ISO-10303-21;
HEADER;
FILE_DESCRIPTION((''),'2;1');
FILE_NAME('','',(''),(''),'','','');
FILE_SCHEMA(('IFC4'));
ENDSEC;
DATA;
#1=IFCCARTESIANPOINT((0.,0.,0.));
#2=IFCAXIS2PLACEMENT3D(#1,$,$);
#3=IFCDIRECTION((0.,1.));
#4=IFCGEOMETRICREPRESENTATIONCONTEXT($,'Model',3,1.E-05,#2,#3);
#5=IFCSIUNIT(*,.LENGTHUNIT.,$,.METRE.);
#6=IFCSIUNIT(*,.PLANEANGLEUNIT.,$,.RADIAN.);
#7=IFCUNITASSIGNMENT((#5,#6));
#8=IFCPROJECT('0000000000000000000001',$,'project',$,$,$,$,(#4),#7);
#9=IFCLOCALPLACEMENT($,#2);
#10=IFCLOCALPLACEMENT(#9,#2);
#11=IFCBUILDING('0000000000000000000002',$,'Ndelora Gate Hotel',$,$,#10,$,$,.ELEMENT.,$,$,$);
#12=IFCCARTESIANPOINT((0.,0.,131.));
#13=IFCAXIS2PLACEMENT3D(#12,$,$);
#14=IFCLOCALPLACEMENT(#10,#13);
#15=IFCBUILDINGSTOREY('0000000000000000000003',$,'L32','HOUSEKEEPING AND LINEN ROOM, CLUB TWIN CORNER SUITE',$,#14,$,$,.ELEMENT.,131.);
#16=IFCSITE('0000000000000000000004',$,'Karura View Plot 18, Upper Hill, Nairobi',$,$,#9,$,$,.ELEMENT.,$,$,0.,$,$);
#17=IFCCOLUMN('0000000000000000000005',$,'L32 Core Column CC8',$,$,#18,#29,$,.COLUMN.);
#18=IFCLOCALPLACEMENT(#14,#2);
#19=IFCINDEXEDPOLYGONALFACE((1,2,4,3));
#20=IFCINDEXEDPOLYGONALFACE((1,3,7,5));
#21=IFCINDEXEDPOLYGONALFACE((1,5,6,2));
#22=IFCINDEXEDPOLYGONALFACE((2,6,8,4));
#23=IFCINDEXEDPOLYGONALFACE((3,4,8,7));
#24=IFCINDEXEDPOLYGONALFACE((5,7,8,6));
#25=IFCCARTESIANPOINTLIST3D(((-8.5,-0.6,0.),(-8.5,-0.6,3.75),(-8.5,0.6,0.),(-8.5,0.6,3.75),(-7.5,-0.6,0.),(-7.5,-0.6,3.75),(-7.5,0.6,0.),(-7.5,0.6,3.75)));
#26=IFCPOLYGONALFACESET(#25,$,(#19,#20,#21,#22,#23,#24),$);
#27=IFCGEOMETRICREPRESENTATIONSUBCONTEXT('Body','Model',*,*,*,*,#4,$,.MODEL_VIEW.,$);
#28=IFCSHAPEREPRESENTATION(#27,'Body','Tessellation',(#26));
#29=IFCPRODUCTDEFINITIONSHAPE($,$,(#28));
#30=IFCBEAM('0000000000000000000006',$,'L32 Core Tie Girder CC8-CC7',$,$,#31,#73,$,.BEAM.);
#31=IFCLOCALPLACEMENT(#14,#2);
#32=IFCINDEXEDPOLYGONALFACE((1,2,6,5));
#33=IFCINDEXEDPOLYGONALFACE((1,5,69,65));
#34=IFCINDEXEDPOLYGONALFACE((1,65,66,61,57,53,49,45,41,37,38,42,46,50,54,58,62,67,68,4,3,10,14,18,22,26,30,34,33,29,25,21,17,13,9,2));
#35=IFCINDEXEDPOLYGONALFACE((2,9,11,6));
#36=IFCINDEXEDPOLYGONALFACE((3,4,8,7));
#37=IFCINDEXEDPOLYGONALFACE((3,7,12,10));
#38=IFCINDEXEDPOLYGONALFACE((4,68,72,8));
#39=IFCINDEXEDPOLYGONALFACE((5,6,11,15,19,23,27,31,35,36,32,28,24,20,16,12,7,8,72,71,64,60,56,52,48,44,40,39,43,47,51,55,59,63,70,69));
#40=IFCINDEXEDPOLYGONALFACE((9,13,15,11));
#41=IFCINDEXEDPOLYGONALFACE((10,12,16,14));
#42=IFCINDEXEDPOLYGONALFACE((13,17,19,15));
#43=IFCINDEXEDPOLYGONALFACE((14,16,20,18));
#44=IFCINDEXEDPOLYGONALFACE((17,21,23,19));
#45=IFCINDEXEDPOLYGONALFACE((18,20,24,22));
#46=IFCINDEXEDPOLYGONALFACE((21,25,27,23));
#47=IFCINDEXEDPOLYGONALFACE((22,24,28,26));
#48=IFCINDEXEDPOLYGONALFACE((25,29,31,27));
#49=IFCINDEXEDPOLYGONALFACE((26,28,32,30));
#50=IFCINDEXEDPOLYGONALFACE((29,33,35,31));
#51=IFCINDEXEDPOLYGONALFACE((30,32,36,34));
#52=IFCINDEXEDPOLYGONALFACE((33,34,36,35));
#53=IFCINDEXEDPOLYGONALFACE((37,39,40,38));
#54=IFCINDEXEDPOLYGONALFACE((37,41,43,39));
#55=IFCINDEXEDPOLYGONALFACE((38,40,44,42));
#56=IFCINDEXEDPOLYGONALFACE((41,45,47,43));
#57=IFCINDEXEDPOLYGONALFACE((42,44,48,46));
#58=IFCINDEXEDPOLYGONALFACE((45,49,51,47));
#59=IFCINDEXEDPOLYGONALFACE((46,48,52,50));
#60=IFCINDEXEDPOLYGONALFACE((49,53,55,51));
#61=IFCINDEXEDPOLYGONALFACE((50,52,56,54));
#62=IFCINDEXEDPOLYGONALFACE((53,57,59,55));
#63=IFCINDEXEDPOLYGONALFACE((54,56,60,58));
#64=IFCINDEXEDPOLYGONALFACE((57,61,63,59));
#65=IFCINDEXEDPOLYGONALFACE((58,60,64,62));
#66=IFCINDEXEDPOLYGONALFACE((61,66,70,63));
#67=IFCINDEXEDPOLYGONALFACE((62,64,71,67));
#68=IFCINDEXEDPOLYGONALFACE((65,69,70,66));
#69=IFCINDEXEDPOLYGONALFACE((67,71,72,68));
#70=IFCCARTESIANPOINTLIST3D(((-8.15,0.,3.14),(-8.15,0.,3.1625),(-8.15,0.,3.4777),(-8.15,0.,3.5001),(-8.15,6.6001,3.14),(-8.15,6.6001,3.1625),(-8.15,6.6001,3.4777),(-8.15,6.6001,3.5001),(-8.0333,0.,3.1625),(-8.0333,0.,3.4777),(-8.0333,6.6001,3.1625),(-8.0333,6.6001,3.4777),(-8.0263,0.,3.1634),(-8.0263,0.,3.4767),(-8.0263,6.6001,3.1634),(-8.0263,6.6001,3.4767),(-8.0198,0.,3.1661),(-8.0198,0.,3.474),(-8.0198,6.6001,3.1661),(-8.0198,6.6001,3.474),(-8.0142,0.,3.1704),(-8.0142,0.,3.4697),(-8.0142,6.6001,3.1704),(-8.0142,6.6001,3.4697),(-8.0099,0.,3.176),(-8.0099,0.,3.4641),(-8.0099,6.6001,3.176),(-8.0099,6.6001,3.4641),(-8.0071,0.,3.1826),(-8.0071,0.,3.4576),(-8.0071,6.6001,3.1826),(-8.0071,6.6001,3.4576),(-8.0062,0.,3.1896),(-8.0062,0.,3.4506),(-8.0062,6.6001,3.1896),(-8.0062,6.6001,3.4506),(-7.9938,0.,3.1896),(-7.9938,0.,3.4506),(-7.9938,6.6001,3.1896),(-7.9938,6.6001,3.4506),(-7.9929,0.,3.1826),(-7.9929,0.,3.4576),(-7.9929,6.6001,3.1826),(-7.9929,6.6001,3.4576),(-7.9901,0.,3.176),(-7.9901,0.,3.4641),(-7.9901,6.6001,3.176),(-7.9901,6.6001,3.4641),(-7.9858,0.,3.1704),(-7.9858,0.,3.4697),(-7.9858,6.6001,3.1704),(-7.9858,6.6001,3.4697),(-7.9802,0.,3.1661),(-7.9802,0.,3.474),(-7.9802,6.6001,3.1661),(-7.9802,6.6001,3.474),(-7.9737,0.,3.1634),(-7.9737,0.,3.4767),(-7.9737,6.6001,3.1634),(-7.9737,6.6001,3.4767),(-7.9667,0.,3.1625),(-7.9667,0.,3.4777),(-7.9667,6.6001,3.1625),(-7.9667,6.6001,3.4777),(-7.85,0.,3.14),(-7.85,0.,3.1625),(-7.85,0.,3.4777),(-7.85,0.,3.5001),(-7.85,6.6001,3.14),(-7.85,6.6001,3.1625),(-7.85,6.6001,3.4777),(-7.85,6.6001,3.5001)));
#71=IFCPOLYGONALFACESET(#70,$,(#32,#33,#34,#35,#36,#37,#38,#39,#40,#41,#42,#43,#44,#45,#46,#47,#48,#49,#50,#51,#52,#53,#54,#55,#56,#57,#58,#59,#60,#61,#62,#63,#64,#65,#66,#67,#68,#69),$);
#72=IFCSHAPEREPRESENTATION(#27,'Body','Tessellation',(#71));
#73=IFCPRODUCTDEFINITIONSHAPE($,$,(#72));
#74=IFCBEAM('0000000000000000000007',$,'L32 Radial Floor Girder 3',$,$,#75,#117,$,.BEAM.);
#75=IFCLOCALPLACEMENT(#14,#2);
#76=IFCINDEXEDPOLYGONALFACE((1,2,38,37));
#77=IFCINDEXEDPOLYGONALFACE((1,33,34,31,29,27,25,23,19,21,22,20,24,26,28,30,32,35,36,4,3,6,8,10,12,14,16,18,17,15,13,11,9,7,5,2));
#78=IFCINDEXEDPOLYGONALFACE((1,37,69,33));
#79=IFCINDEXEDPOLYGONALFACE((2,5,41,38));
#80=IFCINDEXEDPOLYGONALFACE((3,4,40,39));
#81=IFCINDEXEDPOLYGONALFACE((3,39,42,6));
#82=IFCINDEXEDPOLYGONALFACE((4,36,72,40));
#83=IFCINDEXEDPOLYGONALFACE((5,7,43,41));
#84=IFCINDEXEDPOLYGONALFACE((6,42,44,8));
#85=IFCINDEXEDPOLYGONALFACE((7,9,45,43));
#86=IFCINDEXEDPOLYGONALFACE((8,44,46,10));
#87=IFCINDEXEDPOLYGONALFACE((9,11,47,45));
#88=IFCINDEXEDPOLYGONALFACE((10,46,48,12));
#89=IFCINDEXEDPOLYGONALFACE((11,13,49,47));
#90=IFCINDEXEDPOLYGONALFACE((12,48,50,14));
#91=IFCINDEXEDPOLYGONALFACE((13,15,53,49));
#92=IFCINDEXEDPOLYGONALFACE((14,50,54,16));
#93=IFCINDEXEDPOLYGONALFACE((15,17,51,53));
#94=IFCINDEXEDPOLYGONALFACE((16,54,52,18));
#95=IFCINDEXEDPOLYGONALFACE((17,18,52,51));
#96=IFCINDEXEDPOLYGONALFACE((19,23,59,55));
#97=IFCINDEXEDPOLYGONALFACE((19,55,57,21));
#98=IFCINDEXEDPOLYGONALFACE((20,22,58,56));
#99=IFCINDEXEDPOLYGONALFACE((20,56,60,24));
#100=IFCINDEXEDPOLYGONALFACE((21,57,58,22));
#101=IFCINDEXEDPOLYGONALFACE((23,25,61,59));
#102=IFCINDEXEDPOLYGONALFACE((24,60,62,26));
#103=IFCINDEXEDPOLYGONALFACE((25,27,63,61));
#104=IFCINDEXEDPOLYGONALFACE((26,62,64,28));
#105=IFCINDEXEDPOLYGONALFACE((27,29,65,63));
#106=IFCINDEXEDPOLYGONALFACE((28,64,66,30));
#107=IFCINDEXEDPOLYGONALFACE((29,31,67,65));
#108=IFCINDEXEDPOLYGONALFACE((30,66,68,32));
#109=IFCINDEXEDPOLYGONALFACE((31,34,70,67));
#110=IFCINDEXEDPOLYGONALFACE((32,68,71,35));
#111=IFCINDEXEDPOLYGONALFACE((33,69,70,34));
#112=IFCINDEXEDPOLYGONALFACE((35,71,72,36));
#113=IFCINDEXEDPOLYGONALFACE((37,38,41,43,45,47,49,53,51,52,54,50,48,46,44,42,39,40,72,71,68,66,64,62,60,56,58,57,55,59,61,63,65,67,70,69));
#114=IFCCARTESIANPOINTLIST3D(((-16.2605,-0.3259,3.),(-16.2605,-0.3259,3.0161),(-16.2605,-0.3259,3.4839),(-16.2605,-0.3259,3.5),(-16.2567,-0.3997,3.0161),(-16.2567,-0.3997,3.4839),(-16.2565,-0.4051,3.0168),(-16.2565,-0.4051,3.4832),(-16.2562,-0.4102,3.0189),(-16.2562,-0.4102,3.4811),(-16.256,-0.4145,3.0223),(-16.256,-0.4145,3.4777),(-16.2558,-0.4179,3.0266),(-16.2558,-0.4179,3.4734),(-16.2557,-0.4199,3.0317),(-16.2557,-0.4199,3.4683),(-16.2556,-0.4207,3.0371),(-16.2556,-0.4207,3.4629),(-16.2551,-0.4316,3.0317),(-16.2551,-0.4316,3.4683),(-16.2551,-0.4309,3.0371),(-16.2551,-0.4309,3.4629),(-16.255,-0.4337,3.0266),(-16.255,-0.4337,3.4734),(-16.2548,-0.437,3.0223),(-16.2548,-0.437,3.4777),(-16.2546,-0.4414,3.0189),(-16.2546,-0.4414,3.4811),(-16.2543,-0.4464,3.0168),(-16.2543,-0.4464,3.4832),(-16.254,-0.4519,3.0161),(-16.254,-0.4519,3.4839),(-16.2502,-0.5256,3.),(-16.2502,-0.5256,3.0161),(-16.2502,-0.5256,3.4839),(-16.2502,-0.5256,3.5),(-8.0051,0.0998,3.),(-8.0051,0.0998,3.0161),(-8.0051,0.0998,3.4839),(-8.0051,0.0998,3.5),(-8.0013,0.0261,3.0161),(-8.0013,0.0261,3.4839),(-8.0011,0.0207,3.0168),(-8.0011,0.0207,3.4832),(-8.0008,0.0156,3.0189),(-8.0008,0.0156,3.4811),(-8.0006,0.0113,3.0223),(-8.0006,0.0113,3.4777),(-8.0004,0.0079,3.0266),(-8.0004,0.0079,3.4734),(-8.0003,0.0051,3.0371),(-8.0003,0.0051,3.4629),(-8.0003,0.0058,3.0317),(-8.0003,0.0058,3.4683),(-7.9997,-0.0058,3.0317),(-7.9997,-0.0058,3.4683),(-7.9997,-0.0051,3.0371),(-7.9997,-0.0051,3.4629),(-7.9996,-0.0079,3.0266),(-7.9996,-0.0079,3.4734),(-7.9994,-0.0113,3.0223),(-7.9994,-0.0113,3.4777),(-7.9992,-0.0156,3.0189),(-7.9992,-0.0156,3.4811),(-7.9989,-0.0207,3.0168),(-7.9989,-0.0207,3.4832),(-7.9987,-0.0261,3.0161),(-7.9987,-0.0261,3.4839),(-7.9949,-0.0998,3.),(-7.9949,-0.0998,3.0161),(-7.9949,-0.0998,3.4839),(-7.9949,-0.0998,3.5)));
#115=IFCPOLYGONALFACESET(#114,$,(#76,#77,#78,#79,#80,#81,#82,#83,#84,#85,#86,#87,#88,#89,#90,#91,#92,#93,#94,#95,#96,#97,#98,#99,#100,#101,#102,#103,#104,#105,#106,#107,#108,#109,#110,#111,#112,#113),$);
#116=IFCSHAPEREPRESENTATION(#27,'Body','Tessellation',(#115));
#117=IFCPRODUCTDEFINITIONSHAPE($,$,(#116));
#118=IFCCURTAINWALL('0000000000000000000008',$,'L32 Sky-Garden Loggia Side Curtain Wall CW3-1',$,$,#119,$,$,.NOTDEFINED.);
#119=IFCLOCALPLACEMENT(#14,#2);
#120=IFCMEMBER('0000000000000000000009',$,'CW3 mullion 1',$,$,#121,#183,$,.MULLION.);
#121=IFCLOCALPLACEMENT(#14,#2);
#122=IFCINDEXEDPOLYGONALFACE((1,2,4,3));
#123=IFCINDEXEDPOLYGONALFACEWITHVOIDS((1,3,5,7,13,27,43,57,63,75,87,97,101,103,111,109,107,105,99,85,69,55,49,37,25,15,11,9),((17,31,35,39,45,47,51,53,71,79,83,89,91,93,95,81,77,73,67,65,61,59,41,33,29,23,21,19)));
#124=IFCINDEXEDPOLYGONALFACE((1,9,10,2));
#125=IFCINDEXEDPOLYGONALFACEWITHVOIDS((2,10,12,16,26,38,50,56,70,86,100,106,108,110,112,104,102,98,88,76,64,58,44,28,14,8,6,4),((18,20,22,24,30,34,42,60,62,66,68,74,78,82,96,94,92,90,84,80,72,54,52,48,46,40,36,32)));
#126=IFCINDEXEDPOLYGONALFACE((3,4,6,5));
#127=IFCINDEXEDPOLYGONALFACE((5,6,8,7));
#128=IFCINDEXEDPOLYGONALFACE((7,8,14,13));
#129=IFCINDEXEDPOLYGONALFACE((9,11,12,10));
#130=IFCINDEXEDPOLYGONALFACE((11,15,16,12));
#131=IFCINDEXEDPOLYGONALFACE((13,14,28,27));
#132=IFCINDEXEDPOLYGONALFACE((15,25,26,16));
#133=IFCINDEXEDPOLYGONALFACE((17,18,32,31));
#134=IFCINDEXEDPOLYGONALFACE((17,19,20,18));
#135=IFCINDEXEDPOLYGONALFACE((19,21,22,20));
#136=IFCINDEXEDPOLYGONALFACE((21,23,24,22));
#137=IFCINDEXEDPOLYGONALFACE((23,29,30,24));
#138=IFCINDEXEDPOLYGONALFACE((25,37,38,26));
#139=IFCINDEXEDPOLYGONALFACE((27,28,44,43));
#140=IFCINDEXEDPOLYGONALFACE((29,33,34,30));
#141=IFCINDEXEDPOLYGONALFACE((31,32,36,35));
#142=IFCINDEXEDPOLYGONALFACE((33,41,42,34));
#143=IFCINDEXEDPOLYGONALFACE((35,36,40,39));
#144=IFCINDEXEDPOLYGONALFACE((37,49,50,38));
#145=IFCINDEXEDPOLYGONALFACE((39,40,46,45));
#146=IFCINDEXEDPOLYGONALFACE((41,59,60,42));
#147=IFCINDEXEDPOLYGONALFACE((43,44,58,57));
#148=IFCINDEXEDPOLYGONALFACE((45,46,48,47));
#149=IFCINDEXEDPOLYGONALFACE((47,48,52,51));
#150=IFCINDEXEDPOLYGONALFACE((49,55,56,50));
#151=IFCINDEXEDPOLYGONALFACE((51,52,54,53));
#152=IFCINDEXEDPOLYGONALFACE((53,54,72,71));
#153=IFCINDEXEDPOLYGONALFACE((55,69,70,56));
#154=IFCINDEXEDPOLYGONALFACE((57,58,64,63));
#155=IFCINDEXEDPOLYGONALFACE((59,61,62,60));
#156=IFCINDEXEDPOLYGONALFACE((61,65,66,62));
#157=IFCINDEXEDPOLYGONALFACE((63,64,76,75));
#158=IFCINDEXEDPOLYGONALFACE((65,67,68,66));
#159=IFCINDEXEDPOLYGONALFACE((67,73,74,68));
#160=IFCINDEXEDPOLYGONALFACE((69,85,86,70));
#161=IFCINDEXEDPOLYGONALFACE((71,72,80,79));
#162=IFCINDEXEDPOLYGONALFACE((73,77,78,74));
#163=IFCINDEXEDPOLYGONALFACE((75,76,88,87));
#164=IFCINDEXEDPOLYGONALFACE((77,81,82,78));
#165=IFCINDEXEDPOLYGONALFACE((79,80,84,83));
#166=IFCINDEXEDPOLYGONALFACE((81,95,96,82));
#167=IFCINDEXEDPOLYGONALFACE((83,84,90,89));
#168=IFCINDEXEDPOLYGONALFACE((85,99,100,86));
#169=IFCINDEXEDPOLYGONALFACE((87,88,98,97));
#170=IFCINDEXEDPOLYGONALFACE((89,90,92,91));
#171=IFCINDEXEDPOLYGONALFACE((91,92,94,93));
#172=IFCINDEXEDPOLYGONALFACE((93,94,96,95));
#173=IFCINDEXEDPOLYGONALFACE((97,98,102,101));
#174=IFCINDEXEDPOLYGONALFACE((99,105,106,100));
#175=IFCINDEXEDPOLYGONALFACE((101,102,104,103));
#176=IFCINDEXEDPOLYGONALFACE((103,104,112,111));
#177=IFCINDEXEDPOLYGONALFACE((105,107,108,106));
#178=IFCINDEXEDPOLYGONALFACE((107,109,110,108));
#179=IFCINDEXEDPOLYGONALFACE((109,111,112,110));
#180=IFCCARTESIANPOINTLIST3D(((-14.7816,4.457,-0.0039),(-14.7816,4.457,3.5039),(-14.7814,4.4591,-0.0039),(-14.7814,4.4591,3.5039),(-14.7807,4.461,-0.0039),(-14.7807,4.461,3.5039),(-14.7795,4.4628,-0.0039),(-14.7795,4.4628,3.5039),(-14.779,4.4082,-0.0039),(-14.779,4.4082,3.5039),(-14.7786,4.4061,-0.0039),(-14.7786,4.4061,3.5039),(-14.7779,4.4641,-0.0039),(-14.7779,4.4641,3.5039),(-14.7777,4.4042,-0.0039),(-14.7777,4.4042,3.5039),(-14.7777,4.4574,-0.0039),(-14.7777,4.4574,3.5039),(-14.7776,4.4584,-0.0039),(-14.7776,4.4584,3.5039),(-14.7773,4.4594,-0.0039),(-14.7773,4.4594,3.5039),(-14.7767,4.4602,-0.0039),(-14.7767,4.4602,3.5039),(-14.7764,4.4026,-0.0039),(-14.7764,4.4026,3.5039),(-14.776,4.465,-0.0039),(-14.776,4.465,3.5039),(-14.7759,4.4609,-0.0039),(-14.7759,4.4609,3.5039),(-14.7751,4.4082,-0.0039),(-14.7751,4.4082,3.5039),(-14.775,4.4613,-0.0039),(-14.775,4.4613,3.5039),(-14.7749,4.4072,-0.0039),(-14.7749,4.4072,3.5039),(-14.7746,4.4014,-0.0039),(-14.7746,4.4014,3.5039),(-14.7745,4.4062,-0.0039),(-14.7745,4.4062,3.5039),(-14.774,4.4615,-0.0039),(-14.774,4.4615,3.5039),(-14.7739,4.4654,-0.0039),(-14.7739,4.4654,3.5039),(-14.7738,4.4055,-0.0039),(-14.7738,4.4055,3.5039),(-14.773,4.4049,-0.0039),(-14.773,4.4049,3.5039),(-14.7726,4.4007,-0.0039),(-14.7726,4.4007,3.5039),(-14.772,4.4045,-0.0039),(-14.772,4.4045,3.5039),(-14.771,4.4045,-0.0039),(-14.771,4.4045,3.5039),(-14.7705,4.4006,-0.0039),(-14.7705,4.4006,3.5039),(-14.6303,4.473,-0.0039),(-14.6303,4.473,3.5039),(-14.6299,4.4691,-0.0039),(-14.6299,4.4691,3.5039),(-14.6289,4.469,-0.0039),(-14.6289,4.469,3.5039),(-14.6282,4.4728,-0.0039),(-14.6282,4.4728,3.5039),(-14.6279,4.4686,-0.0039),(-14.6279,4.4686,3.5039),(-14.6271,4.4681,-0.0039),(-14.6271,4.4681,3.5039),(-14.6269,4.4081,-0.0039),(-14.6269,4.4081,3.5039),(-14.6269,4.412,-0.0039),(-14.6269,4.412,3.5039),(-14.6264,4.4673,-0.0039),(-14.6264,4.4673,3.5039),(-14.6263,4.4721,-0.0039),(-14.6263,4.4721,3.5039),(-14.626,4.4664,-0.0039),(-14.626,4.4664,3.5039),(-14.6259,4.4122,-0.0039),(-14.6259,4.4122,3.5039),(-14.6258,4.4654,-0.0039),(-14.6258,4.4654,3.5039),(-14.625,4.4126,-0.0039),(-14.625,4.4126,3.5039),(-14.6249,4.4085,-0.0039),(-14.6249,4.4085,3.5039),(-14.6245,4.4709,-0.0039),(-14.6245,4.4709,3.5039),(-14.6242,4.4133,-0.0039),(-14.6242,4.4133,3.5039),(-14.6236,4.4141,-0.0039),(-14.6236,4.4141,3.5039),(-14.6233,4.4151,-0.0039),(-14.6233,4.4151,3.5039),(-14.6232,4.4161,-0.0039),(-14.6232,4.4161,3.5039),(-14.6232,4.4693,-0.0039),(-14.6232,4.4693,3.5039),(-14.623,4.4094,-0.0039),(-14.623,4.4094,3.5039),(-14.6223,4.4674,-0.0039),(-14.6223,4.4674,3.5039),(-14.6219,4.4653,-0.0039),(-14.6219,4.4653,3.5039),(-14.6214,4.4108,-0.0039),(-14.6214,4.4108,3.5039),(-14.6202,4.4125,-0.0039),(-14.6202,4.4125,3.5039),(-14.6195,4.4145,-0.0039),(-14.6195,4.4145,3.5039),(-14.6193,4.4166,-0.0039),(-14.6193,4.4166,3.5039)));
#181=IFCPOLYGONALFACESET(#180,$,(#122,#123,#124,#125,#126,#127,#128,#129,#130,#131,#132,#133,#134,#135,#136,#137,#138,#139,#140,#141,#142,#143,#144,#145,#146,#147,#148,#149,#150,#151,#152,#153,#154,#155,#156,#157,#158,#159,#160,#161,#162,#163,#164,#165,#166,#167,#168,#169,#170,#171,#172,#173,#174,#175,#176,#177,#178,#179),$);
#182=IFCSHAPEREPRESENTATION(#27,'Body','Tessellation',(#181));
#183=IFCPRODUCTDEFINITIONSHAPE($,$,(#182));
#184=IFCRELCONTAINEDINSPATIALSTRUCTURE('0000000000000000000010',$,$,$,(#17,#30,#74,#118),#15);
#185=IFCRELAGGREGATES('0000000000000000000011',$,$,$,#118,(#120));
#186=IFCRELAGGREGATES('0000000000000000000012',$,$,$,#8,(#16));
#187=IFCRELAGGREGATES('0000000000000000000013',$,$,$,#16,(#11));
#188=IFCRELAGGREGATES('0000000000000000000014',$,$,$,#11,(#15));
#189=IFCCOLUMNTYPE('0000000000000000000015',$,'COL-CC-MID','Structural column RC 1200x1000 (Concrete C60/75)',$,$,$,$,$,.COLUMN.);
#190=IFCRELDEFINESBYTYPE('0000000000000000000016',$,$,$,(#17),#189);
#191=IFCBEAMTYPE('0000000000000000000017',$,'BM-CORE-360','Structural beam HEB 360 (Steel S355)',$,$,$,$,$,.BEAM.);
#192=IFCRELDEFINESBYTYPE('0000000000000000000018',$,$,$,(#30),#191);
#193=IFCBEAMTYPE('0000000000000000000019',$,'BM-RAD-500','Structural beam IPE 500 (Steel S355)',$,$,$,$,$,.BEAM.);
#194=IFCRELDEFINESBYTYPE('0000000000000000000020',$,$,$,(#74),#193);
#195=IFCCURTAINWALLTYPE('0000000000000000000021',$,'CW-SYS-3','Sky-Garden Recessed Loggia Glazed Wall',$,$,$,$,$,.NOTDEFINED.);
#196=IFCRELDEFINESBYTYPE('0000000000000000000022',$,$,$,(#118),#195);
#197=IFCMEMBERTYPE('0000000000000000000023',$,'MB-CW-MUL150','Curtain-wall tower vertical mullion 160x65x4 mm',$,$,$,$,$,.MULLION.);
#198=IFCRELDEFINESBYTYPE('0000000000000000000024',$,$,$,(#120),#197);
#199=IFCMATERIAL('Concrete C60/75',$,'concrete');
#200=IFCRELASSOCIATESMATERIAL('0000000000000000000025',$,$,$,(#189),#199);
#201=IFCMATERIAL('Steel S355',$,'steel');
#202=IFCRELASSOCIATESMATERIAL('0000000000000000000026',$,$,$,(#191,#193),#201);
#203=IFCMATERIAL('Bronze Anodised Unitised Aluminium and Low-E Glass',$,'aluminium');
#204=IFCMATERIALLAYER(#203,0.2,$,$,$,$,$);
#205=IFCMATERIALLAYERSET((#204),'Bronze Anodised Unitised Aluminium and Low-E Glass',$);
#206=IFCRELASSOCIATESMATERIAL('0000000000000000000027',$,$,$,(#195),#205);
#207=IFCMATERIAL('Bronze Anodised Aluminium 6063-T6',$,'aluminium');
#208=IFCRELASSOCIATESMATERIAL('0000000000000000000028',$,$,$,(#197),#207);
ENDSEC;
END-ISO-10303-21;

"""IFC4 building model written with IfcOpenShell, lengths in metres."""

from ifc_helpers import new_model, si_unit, direction, frame, origin, origin_2d, place, context, subcontext, project, spatial, rectangle, hollow_rectangle, i_section, extrude, material, layer, layer_set, material_profile, profile_set, type_object, element, aggregate, save


model = new_model("IFC4")

# Units and contexts
model_context = context("Model", 3, precision=1e-05, world=origin(), true_north=direction((0.0, 1.0)))
body_context = subcontext(model_context, "Body", "Model", "MODEL_VIEW")
ifc_project = project(units=[si_unit("LENGTHUNIT", "METRE"), si_unit("PLANEANGLEUNIT", "RADIAN")], contexts=[model_context])

# Site, building, storey
site_placement = place(None, origin())
site = spatial("IfcSite", under=ifc_project, at=site_placement, Name="Karura View Plot 18, Upper Hill, Nairobi", CompositionType="ELEMENT", RefElevation=0.0)
building_placement = place(site_placement, origin())
building = spatial("IfcBuilding", under=site, at=building_placement, Name="Ndelora Gate Hotel", CompositionType="ELEMENT")
storey_placement = place(building_placement, frame((0.0, 0.0, 131.0)))
storey = spatial("IfcBuildingStorey", under=building, at=storey_placement, Name="L32", Description="HOUSEKEEPING AND LINEN ROOM, CLUB TWIN CORNER SUITE", CompositionType="ELEMENT", Elevation=131.0)

# Column
ifc_material_1 = material(Name="Concrete C60/75", Category="concrete")
ifc_material_profile_1 = material_profile(ifc_material_1, rectangle(XDim=1.0, YDim=1.2, at=origin_2d()), Name="RC 1200x1000")
ifc_profile_set_1 = profile_set([ifc_material_profile_1], Name="Concrete C60/75")
column_type = type_object("IfcColumnType", Name="COL-CC-MID", Description="Structural column RC 1200x1000 (Concrete C60/75)", PredefinedType="COLUMN", material=ifc_profile_set_1)
column_placement = place(storey_placement, frame((-8.0, 0.0, 0.0), z_axis=(0.0, 0.0, 1.0), x_axis=(1.0, 0.0, 0.0)))
element("IfcColumn", 1, at=column_placement, inside=storey, type_object=column_type, Name="L32 Core Column CC8", PredefinedType="COLUMN", context=body_context, shape_type="SweptSolid", body=[
    extrude(rectangle(XDim=1.0, YDim=1.2, at=origin_2d()), origin(), (0.0, 0.0, 1.0), 3.75),
])

# Beams
ifc_material_2 = material(Name="Steel S355", Category="steel")
ifc_material_profile_2 = material_profile(ifc_material_2, i_section(OverallWidth=0.3, OverallDepth=0.3601, WebThickness=0.0125, FlangeThickness=0.0225, FilletRadius=0.0271, at=origin_2d()), Name="HEB 360")
ifc_profile_set_2 = profile_set([ifc_material_profile_2], Name="Steel S355")
beam_type_1 = type_object("IfcBeamType", Name="BM-CORE-360", Description="Structural beam HEB 360 (Steel S355)", PredefinedType="BEAM", material=ifc_profile_set_2)
beam_1_placement = place(storey_placement, frame((-8.0, 0.0, 3.3201), z_axis=(0.0, 1.0, 0.0), x_axis=(-1.0, 0.0, 0.0)))
element("IfcBeam", 2, at=beam_1_placement, inside=storey, type_object=beam_type_1, Name="L32 Core Tie Girder CC8-CC7", PredefinedType="BEAM", context=body_context, shape_type="SweptSolid", body=[
    extrude(i_section(OverallWidth=0.3, OverallDepth=0.3601, WebThickness=0.0125, FlangeThickness=0.0225, FilletRadius=0.0271, at=origin_2d()), origin(), (0.0, 0.0, 1.0), 6.6001),
])
ifc_material_profile_3 = material_profile(ifc_material_2, i_section(OverallWidth=0.2, OverallDepth=0.5, WebThickness=0.0103, FlangeThickness=0.0161, FilletRadius=0.021, at=origin_2d()), Name="IPE 500")
ifc_profile_set_3 = profile_set([ifc_material_profile_3], Name="Steel S355")
beam_type_2 = type_object("IfcBeamType", Name="BM-RAD-500", Description="Structural beam IPE 500 (Steel S355)", PredefinedType="BEAM", material=ifc_profile_set_3)
beam_2_placement = place(storey_placement, frame((-8.0, 0.0, 3.25), z_axis=(-0.998673, -0.051508, 0.0), x_axis=(0.051508, -0.998673, 0.0)))
element("IfcBeam", 3, at=beam_2_placement, inside=storey, type_object=beam_type_2, Name="L32 Radial Floor Girder 3", PredefinedType="BEAM", context=body_context, shape_type="SweptSolid", body=[
    extrude(i_section(OverallWidth=0.2, OverallDepth=0.5, WebThickness=0.0103, FlangeThickness=0.0161, FilletRadius=0.021, at=origin_2d()), origin(), (0.0, 0.0, 1.0), 8.2664),
])

# Curtain wall, member
ifc_material_3 = material(Name="Bronze Anodised Unitised Aluminium and Low-E Glass", Category="aluminium")
ifc_layer_1 = layer(ifc_material_3, 0.2)
ifc_layer_set_1 = layer_set([ifc_layer_1], Name="Bronze Anodised Unitised Aluminium and Low-E Glass")
curtain_wall_type = type_object("IfcCurtainWallType", Name="CW-SYS-3", Description="Sky-Garden Recessed Loggia Glazed Wall", PredefinedType="NOTDEFINED", material=ifc_layer_set_1)
curtain_wall_placement = place(storey_placement, origin())
curtain_wall = element("IfcCurtainWall", 4, at=curtain_wall_placement, inside=storey, type_object=curtain_wall_type, Name="L32 Sky-Garden Loggia Side Curtain Wall CW3-1", PredefinedType="NOTDEFINED")
ifc_material_4 = material(Name="Bronze Anodised Aluminium 6063-T6", Category="aluminium")
ifc_material_profile_4 = material_profile(ifc_material_4, hollow_rectangle(XDim=0.0649, YDim=0.1599, WallThickness=0.0039, InnerFilletRadius=0.0039, OuterFilletRadius=0.0081, at=origin_2d()), Name="ALU 160x65x4")
ifc_profile_set_4 = profile_set([ifc_material_profile_4], Name="Bronze Anodised Aluminium 6063-T6")
member_type = type_object("IfcMemberType", Name="MB-CW-MUL150", Description="Curtain-wall tower vertical mullion 160x65x4 mm", PredefinedType="MULLION", material=ifc_profile_set_4)
member_placement = place(storey_placement, frame((-14.7004, 4.4368, -0.0039), z_axis=(0.0, 0.0, 1.0), x_axis=(0.052318, -0.99863, 0.0)))
member = element("IfcMember", 5, at=member_placement, type_object=member_type, Name="CW3 mullion 1", PredefinedType="MULLION", context=body_context, shape_type="SweptSolid", body=[
    extrude(hollow_rectangle(XDim=0.0649, YDim=0.1599, WallThickness=0.0039, InnerFilletRadius=0.0039, OuterFilletRadius=0.0081, at=origin_2d()), origin(), (0.0, 0.0, 1.0), 3.5078),
])
aggregate(curtain_wall, [member])

save(model, "model.ifc")
